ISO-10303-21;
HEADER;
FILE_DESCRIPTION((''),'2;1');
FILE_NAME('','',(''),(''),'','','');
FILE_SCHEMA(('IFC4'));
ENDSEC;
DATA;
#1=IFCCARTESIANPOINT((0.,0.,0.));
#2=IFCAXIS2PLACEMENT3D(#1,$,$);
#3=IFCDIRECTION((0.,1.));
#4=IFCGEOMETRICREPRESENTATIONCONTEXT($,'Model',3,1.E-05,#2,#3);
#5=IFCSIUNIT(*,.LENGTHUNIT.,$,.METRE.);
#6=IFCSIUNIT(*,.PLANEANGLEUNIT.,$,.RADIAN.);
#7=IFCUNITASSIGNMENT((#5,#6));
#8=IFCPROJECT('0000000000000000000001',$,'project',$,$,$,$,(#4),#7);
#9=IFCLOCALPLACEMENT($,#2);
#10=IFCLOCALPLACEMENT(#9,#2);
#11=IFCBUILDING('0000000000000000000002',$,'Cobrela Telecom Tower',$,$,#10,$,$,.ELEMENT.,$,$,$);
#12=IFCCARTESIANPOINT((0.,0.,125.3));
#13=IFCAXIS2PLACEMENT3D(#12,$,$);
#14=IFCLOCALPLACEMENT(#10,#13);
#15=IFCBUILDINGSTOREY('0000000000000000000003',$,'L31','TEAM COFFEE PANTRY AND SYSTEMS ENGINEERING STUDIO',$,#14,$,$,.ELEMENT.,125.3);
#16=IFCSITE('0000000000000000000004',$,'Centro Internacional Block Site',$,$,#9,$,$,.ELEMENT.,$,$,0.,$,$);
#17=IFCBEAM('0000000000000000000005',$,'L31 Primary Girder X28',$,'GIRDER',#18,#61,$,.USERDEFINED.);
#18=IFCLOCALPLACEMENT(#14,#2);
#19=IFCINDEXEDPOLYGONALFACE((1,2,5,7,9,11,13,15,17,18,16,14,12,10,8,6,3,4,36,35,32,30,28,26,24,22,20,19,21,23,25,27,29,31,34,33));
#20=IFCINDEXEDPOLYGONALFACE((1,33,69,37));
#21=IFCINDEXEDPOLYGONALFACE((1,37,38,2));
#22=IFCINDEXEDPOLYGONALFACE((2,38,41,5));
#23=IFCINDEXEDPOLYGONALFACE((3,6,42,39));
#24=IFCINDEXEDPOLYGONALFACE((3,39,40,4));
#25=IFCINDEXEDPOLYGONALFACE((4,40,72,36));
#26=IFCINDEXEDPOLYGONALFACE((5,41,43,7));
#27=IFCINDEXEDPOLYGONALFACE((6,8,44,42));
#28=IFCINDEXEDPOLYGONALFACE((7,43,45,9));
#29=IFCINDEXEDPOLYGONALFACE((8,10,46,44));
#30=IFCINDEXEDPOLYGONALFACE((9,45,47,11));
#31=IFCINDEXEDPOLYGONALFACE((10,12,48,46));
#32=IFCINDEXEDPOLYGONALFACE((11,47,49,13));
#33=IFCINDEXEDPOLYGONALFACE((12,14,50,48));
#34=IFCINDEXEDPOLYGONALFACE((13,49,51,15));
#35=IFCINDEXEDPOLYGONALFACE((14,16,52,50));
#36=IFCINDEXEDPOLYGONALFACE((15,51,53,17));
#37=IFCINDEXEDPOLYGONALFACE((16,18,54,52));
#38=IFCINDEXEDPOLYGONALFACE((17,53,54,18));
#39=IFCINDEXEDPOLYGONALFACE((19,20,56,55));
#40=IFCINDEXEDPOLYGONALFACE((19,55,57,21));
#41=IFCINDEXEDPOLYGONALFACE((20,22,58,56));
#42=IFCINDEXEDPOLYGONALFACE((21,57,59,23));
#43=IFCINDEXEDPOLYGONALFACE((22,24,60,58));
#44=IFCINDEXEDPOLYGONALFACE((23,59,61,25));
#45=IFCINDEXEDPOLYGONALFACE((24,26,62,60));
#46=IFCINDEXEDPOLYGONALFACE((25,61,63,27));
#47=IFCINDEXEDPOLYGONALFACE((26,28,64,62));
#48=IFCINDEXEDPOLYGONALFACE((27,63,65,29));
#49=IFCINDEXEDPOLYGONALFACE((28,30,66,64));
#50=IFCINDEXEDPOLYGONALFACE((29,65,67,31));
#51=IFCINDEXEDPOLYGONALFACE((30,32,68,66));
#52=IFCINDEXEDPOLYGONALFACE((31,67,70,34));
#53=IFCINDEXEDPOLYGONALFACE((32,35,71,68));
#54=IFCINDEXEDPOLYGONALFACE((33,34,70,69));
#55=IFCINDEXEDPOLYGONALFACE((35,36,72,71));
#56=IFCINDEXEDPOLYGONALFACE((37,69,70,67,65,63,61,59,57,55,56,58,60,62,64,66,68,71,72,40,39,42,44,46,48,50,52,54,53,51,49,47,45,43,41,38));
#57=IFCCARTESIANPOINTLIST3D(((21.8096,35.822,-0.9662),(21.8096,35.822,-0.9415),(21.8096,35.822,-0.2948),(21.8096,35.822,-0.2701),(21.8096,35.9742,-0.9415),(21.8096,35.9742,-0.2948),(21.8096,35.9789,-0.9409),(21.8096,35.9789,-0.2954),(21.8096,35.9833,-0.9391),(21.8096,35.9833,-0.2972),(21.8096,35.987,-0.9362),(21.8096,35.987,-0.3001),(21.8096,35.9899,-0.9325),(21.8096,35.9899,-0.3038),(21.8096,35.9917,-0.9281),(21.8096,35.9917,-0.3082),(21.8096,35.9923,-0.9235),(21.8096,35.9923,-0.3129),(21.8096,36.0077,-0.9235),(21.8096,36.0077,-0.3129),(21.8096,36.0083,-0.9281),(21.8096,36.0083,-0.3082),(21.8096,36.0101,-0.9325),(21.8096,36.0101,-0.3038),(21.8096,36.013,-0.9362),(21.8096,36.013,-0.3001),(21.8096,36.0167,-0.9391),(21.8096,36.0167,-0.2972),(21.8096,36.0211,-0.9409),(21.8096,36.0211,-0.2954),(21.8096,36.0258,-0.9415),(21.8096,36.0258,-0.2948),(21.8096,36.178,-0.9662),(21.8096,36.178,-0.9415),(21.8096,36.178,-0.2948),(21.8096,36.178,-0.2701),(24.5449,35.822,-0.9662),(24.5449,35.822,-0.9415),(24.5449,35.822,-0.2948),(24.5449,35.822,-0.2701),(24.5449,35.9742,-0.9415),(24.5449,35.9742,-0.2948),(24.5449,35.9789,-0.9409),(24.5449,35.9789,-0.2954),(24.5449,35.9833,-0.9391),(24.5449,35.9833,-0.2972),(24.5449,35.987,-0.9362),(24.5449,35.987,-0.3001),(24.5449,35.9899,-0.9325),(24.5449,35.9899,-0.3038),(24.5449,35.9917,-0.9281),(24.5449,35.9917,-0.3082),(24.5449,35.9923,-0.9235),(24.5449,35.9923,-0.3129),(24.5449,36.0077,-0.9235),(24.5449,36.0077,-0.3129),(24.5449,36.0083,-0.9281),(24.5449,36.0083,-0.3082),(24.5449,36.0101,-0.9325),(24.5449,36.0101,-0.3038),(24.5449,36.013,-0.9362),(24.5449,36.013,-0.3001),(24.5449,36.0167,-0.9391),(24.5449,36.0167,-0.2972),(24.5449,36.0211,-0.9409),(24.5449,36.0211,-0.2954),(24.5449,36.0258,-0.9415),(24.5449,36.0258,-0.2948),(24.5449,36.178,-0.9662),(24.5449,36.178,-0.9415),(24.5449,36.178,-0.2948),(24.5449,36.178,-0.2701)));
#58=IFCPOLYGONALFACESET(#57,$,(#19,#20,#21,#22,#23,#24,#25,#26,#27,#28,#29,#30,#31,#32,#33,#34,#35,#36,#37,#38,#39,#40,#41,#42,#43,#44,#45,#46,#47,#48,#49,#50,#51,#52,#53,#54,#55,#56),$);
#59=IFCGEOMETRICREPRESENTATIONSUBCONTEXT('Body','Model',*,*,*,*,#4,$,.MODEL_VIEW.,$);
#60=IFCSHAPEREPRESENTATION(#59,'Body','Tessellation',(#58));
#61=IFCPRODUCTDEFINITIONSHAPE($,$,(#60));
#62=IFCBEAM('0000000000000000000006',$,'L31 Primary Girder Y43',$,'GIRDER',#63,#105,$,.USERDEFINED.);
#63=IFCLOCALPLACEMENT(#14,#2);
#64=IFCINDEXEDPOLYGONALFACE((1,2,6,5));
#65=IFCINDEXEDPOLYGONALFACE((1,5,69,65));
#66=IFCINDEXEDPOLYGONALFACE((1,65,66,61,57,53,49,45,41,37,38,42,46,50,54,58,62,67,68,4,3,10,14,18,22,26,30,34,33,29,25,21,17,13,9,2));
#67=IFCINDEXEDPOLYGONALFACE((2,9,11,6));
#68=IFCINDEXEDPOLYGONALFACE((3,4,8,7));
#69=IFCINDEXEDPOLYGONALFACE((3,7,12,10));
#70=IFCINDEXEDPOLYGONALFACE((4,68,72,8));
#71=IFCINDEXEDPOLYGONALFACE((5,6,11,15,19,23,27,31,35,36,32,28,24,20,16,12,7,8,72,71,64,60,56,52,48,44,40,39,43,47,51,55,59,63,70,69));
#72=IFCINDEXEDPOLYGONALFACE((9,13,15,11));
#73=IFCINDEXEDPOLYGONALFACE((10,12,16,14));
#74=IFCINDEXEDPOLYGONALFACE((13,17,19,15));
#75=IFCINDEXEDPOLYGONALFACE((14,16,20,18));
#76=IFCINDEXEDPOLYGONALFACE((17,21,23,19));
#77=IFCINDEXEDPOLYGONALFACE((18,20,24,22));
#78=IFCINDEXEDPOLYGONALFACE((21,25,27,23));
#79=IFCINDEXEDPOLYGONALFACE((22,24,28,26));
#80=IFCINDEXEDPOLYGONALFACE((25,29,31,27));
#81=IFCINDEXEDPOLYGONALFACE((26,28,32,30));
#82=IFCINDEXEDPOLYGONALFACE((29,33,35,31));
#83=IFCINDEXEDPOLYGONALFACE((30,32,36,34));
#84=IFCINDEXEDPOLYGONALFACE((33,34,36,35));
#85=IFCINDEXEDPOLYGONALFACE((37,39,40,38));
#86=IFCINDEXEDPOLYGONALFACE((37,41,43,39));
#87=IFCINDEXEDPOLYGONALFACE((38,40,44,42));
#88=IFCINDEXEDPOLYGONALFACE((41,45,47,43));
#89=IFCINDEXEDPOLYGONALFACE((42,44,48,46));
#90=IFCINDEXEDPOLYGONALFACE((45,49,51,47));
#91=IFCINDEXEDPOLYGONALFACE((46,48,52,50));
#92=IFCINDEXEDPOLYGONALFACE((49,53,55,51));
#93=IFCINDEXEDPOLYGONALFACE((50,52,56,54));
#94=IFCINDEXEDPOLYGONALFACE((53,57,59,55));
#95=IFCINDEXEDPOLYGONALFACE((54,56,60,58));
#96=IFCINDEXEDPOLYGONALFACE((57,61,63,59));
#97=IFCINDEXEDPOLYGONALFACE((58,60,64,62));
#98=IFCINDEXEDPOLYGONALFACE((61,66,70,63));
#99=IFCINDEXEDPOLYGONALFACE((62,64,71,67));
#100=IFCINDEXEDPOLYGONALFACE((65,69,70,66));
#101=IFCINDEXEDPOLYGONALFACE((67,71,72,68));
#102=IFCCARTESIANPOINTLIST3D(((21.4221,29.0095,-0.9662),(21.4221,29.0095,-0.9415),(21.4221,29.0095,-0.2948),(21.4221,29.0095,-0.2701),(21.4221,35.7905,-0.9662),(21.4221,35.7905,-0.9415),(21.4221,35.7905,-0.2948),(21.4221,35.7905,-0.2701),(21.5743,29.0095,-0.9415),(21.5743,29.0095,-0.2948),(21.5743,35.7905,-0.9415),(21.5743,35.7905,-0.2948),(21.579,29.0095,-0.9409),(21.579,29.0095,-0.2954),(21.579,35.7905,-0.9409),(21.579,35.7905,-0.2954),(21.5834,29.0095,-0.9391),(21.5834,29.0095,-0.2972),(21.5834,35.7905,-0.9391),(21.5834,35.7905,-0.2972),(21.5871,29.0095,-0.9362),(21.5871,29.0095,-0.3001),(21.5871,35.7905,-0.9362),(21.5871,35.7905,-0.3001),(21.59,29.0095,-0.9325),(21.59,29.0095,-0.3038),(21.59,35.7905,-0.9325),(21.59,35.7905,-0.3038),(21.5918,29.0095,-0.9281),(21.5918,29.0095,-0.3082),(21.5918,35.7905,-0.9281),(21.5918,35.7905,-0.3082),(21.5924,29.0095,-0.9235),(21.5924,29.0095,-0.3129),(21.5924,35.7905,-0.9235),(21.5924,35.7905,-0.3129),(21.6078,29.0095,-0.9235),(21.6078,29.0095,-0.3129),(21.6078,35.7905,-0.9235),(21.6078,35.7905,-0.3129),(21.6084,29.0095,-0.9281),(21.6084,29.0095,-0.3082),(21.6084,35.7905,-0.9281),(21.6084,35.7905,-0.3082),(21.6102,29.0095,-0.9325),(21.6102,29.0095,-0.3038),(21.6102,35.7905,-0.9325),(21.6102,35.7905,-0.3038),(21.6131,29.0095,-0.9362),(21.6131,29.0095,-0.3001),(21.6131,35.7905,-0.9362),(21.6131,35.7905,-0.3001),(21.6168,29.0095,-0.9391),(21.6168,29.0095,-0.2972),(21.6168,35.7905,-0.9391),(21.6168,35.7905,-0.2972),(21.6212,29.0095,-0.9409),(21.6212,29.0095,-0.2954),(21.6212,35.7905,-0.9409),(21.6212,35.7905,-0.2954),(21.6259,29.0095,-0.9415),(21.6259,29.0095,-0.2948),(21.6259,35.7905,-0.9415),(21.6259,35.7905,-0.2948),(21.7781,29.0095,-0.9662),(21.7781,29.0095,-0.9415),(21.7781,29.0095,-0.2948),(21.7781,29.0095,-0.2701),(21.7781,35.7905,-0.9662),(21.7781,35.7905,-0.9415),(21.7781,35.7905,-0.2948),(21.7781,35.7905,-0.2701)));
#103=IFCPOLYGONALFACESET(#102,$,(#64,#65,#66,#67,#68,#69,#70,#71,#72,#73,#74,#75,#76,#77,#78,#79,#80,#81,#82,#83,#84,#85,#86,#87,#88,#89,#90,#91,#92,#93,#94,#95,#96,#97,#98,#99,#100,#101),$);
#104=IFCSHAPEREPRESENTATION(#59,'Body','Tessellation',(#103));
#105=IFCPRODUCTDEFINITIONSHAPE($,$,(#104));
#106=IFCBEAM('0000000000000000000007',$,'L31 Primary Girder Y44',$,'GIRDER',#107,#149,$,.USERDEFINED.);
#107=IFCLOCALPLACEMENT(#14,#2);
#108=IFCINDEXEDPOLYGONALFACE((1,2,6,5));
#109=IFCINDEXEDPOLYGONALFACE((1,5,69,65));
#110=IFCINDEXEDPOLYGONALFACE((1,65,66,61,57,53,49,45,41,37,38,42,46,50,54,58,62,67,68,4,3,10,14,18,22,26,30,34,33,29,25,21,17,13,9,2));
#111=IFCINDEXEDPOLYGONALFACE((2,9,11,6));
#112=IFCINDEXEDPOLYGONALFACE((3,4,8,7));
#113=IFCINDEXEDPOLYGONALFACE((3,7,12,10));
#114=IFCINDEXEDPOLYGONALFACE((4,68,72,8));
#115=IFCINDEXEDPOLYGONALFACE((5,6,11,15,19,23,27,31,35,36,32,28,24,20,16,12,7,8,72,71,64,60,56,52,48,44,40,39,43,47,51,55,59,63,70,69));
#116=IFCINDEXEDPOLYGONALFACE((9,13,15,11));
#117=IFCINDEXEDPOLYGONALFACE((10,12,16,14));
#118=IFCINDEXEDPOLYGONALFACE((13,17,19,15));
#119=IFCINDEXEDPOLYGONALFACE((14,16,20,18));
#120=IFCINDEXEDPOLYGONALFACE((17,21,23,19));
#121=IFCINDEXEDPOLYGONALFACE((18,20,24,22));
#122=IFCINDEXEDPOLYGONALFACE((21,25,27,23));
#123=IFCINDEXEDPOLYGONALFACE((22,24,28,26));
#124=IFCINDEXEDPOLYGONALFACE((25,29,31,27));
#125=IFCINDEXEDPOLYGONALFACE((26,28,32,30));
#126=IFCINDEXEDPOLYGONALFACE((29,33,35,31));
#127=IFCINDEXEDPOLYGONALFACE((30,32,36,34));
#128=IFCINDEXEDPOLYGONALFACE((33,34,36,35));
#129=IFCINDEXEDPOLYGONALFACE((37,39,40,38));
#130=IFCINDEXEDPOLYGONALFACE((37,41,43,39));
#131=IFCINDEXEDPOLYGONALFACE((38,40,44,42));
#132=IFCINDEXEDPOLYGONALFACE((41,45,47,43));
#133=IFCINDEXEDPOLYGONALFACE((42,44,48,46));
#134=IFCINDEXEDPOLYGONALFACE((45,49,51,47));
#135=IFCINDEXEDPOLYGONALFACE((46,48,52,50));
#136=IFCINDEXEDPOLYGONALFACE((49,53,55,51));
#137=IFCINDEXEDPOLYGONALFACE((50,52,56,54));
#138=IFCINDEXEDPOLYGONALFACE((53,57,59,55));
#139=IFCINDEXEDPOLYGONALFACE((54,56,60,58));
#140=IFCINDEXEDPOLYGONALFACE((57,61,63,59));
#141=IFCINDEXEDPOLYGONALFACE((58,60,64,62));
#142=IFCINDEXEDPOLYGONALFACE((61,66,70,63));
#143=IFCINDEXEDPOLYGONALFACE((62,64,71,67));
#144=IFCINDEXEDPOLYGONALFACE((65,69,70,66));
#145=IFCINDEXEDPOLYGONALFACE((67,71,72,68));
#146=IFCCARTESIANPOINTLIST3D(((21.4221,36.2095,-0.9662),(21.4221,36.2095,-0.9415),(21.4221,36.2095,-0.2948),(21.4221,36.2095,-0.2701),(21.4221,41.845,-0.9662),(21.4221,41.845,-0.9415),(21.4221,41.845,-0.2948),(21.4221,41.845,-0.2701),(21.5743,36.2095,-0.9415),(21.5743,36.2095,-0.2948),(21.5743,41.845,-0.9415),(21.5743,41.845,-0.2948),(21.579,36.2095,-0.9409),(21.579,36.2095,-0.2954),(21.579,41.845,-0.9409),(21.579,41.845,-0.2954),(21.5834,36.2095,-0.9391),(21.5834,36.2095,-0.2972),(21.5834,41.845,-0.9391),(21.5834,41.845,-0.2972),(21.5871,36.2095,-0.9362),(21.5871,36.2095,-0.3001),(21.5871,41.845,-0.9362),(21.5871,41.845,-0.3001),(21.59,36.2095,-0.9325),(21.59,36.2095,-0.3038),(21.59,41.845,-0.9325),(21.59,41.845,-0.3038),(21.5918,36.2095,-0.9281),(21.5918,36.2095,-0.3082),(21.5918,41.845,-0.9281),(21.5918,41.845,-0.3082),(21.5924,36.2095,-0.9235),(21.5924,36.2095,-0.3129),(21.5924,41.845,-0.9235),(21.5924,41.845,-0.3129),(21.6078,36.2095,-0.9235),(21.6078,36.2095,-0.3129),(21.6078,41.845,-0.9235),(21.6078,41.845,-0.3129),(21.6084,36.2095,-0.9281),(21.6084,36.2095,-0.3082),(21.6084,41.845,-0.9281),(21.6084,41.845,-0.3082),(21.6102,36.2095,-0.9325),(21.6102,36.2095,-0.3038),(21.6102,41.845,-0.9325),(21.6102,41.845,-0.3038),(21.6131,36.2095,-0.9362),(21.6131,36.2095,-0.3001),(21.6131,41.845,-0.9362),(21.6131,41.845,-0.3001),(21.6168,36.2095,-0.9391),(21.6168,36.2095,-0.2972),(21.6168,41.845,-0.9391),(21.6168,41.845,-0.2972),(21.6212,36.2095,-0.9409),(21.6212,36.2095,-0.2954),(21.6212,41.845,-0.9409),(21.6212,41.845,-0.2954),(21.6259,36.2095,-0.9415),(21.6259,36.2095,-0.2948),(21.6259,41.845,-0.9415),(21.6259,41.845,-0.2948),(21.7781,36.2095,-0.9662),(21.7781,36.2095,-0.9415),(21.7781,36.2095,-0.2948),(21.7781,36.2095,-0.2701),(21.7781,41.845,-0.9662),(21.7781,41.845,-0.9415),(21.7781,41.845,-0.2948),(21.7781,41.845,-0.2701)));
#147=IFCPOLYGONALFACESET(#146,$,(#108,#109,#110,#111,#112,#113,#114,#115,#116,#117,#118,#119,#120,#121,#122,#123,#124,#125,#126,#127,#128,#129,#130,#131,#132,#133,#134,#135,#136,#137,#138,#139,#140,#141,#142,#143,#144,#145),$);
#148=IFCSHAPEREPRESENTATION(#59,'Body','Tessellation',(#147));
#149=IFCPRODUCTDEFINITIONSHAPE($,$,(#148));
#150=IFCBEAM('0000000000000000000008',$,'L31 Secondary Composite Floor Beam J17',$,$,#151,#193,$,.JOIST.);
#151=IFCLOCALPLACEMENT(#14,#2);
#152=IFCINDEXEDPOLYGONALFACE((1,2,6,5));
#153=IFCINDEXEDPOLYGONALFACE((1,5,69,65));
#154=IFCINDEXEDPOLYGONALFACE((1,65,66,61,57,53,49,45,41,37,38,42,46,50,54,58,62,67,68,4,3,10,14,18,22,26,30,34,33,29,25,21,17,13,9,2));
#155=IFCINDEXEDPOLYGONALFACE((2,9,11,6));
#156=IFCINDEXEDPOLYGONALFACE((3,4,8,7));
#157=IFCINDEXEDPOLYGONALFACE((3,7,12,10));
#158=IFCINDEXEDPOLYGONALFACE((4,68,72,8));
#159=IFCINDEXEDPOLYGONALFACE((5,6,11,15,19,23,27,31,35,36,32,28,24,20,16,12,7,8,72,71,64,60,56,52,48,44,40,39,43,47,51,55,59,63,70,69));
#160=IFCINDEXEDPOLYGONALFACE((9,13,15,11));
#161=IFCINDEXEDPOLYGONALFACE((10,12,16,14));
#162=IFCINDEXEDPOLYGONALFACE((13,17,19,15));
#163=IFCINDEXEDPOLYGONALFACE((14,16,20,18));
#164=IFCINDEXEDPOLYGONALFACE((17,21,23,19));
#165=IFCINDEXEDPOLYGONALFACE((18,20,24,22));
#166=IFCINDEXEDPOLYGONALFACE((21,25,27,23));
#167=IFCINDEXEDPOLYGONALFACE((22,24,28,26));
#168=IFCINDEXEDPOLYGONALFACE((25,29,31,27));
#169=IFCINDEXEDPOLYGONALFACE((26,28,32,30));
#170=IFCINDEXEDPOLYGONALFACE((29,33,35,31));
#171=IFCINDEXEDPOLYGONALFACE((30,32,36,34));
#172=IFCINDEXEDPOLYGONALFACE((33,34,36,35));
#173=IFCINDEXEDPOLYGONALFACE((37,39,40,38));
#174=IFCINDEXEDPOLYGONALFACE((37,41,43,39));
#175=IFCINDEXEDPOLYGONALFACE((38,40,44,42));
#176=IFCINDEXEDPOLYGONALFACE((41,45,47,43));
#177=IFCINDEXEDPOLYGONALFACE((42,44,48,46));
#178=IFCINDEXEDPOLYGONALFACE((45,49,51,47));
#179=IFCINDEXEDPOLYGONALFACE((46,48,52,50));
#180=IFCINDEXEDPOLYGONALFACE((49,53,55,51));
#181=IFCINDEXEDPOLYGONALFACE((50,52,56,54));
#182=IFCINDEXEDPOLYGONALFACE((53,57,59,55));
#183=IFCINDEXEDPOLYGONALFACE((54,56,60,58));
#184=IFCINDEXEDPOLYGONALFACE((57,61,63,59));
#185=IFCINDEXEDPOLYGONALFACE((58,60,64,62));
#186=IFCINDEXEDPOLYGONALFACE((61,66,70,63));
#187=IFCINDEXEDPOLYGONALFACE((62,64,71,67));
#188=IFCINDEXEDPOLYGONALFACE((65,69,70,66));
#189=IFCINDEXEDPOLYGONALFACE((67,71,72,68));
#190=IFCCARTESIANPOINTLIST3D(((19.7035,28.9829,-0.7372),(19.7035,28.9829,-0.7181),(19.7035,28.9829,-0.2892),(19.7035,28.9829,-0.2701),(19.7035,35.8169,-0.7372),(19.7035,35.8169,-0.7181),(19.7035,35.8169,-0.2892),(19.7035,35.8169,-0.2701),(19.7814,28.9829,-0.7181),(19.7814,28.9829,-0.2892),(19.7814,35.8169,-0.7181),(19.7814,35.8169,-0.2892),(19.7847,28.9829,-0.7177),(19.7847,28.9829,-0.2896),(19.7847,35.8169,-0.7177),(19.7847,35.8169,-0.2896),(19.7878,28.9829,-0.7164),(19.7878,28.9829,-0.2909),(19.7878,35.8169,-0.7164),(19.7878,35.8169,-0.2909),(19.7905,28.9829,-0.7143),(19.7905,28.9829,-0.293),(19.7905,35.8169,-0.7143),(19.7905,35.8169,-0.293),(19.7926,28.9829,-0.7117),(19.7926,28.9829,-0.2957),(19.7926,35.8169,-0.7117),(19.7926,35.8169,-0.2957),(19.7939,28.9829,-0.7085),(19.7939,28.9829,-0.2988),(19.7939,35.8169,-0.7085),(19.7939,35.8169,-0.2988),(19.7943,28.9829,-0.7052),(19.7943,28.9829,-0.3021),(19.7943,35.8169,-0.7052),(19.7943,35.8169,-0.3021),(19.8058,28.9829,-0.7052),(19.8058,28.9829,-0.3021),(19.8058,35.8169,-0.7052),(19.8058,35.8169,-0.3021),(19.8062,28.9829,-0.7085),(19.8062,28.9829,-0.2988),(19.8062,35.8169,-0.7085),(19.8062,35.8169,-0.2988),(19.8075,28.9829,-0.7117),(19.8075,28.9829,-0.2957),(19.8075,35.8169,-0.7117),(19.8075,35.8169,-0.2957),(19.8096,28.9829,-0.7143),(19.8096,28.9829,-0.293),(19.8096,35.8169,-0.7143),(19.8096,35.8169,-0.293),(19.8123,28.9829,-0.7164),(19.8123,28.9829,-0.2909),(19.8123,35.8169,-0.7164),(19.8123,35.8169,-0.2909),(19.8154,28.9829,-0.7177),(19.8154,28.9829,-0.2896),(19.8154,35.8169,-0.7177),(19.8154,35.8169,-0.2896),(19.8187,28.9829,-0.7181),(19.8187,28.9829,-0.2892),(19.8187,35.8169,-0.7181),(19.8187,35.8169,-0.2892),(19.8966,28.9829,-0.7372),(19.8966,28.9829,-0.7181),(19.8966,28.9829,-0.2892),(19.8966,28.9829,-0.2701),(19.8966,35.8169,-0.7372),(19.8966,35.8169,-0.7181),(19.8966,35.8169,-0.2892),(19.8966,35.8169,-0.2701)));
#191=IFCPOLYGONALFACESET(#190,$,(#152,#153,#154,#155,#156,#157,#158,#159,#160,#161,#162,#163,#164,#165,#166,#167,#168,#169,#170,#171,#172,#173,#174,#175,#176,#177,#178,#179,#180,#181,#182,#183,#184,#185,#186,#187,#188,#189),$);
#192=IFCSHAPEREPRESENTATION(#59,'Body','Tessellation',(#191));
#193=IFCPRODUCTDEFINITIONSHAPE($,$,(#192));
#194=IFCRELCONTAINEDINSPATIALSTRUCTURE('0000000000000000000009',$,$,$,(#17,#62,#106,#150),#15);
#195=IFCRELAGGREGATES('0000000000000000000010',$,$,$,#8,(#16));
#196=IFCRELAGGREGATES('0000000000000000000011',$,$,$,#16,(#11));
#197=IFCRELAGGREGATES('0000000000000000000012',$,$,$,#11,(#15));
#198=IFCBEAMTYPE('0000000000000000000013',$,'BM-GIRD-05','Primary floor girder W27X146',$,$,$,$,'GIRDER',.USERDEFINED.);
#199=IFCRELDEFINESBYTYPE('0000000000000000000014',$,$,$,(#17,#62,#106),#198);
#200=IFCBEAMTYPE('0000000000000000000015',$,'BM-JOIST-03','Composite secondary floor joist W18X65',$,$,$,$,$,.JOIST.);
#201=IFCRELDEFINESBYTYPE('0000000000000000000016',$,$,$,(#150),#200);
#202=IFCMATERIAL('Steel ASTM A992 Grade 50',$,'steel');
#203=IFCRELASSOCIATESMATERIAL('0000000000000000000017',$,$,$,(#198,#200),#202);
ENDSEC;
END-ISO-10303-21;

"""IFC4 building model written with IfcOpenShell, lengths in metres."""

from ifc_helpers import new_model, si_unit, direction, frame, origin, origin_2d, place, context, subcontext, project, spatial, i_section, extrude, material, material_profile, profile_set, type_object, element, save


model = new_model("IFC4")

# Units and contexts
model_context = context("Model", 3, precision=1e-05, world=origin(), true_north=direction((0.0, 1.0)))
body_context = subcontext(model_context, "Body", "Model", "MODEL_VIEW")
ifc_project = project(units=[si_unit("LENGTHUNIT", "METRE"), si_unit("PLANEANGLEUNIT", "RADIAN")], contexts=[model_context])

# Site, building, storey
site_placement = place(None, origin())
site = spatial("IfcSite", under=ifc_project, at=site_placement, Name="Centro Internacional Block Site", CompositionType="ELEMENT", RefElevation=0.0)
building_placement = place(site_placement, origin())
building = spatial("IfcBuilding", under=site, at=building_placement, Name="Cobrela Telecom Tower", CompositionType="ELEMENT")
storey_placement = place(building_placement, frame((0.0, 0.0, 125.3)))
storey = spatial("IfcBuildingStorey", under=building, at=storey_placement, Name="L31", Description="TEAM COFFEE PANTRY AND SYSTEMS ENGINEERING STUDIO", CompositionType="ELEMENT", Elevation=125.3)

# Shared definitions
ifc_material_1 = material(Name="Steel ASTM A992 Grade 50", Category="steel")

# Beams
ifc_material_profile_1 = material_profile(ifc_material_1, i_section(OverallWidth=0.356, OverallDepth=0.696, WebThickness=0.0154, FlangeThickness=0.0247, FilletRadius=0.0181, at=origin_2d()), Name="W27X146")
ifc_profile_set_1 = profile_set([ifc_material_profile_1], Name="Steel ASTM A992 Grade 50")
beam_type_1 = type_object("IfcBeamType", Name="BM-GIRD-05", Description="Primary floor girder W27X146", ElementType="GIRDER", PredefinedType="USERDEFINED", material=ifc_profile_set_1)
for number, where, z_axis, x_axis, name in (
    (1, (21.8096, 36.0, -0.6182), (1.0, 0.0, 0.0), (0.0, 1.0, 0.0), "L31 Primary Girder X28"),
):
    element("IfcBeam", number, at=place(storey_placement, frame(where, z_axis=z_axis, x_axis=x_axis)), inside=storey, type_object=beam_type_1, Name=name, ObjectType="GIRDER", PredefinedType="USERDEFINED", context=body_context, shape_type="SweptSolid", body=[
        extrude(i_section(OverallWidth=0.356, OverallDepth=0.696, WebThickness=0.0154, FlangeThickness=0.0247, FilletRadius=0.0181, at=origin_2d()), origin(), (0.0, 0.0, 1.0), 2.7354),
    ])
beam_1_placement = place(storey_placement, frame((21.6001, 29.0095, -0.6182), z_axis=(0.0, 1.0, 0.0), x_axis=(-1.0, 0.0, 0.0)))
element("IfcBeam", 2, at=beam_1_placement, inside=storey, type_object=beam_type_1, Name="L31 Primary Girder Y43", ObjectType="GIRDER", PredefinedType="USERDEFINED", context=body_context, shape_type="SweptSolid", body=[
    extrude(i_section(OverallWidth=0.356, OverallDepth=0.696, WebThickness=0.0154, FlangeThickness=0.0247, FilletRadius=0.0181, at=origin_2d()), origin(), (0.0, 0.0, 1.0), 6.781),
])
beam_2_placement = place(storey_placement, frame((21.6001, 36.2095, -0.6182), z_axis=(0.0, 1.0, 0.0), x_axis=(-1.0, 0.0, 0.0)))
element("IfcBeam", 3, at=beam_2_placement, inside=storey, type_object=beam_type_1, Name="L31 Primary Girder Y44", ObjectType="GIRDER", PredefinedType="USERDEFINED", context=body_context, shape_type="SweptSolid", body=[
    extrude(i_section(OverallWidth=0.356, OverallDepth=0.696, WebThickness=0.0154, FlangeThickness=0.0247, FilletRadius=0.0181, at=origin_2d()), origin(), (0.0, 0.0, 1.0), 5.6355),
])
ifc_material_profile_2 = material_profile(ifc_material_1, i_section(OverallWidth=0.1931, OverallDepth=0.467, WebThickness=0.0115, FlangeThickness=0.019, FilletRadius=0.0129, at=origin_2d()), Name="W18X65")
ifc_profile_set_2 = profile_set([ifc_material_profile_2], Name="Steel ASTM A992 Grade 50")
beam_type_2 = type_object("IfcBeamType", Name="BM-JOIST-03", Description="Composite secondary floor joist W18X65", PredefinedType="JOIST", material=ifc_profile_set_2)
beam_3_placement = place(storey_placement, frame((19.8, 28.9829, -0.5037), z_axis=(0.0, 1.0, 0.0), x_axis=(-1.0, 0.0, 0.0)))
element("IfcBeam", 4, at=beam_3_placement, inside=storey, type_object=beam_type_2, Name="L31 Secondary Composite Floor Beam J17", PredefinedType="JOIST", context=body_context, shape_type="SweptSolid", body=[
    extrude(i_section(OverallWidth=0.1931, OverallDepth=0.467, WebThickness=0.0115, FlangeThickness=0.019, FilletRadius=0.0129, at=origin_2d()), origin(), (0.0, 0.0, 1.0), 6.834),
])

save(model, "model.ifc")
